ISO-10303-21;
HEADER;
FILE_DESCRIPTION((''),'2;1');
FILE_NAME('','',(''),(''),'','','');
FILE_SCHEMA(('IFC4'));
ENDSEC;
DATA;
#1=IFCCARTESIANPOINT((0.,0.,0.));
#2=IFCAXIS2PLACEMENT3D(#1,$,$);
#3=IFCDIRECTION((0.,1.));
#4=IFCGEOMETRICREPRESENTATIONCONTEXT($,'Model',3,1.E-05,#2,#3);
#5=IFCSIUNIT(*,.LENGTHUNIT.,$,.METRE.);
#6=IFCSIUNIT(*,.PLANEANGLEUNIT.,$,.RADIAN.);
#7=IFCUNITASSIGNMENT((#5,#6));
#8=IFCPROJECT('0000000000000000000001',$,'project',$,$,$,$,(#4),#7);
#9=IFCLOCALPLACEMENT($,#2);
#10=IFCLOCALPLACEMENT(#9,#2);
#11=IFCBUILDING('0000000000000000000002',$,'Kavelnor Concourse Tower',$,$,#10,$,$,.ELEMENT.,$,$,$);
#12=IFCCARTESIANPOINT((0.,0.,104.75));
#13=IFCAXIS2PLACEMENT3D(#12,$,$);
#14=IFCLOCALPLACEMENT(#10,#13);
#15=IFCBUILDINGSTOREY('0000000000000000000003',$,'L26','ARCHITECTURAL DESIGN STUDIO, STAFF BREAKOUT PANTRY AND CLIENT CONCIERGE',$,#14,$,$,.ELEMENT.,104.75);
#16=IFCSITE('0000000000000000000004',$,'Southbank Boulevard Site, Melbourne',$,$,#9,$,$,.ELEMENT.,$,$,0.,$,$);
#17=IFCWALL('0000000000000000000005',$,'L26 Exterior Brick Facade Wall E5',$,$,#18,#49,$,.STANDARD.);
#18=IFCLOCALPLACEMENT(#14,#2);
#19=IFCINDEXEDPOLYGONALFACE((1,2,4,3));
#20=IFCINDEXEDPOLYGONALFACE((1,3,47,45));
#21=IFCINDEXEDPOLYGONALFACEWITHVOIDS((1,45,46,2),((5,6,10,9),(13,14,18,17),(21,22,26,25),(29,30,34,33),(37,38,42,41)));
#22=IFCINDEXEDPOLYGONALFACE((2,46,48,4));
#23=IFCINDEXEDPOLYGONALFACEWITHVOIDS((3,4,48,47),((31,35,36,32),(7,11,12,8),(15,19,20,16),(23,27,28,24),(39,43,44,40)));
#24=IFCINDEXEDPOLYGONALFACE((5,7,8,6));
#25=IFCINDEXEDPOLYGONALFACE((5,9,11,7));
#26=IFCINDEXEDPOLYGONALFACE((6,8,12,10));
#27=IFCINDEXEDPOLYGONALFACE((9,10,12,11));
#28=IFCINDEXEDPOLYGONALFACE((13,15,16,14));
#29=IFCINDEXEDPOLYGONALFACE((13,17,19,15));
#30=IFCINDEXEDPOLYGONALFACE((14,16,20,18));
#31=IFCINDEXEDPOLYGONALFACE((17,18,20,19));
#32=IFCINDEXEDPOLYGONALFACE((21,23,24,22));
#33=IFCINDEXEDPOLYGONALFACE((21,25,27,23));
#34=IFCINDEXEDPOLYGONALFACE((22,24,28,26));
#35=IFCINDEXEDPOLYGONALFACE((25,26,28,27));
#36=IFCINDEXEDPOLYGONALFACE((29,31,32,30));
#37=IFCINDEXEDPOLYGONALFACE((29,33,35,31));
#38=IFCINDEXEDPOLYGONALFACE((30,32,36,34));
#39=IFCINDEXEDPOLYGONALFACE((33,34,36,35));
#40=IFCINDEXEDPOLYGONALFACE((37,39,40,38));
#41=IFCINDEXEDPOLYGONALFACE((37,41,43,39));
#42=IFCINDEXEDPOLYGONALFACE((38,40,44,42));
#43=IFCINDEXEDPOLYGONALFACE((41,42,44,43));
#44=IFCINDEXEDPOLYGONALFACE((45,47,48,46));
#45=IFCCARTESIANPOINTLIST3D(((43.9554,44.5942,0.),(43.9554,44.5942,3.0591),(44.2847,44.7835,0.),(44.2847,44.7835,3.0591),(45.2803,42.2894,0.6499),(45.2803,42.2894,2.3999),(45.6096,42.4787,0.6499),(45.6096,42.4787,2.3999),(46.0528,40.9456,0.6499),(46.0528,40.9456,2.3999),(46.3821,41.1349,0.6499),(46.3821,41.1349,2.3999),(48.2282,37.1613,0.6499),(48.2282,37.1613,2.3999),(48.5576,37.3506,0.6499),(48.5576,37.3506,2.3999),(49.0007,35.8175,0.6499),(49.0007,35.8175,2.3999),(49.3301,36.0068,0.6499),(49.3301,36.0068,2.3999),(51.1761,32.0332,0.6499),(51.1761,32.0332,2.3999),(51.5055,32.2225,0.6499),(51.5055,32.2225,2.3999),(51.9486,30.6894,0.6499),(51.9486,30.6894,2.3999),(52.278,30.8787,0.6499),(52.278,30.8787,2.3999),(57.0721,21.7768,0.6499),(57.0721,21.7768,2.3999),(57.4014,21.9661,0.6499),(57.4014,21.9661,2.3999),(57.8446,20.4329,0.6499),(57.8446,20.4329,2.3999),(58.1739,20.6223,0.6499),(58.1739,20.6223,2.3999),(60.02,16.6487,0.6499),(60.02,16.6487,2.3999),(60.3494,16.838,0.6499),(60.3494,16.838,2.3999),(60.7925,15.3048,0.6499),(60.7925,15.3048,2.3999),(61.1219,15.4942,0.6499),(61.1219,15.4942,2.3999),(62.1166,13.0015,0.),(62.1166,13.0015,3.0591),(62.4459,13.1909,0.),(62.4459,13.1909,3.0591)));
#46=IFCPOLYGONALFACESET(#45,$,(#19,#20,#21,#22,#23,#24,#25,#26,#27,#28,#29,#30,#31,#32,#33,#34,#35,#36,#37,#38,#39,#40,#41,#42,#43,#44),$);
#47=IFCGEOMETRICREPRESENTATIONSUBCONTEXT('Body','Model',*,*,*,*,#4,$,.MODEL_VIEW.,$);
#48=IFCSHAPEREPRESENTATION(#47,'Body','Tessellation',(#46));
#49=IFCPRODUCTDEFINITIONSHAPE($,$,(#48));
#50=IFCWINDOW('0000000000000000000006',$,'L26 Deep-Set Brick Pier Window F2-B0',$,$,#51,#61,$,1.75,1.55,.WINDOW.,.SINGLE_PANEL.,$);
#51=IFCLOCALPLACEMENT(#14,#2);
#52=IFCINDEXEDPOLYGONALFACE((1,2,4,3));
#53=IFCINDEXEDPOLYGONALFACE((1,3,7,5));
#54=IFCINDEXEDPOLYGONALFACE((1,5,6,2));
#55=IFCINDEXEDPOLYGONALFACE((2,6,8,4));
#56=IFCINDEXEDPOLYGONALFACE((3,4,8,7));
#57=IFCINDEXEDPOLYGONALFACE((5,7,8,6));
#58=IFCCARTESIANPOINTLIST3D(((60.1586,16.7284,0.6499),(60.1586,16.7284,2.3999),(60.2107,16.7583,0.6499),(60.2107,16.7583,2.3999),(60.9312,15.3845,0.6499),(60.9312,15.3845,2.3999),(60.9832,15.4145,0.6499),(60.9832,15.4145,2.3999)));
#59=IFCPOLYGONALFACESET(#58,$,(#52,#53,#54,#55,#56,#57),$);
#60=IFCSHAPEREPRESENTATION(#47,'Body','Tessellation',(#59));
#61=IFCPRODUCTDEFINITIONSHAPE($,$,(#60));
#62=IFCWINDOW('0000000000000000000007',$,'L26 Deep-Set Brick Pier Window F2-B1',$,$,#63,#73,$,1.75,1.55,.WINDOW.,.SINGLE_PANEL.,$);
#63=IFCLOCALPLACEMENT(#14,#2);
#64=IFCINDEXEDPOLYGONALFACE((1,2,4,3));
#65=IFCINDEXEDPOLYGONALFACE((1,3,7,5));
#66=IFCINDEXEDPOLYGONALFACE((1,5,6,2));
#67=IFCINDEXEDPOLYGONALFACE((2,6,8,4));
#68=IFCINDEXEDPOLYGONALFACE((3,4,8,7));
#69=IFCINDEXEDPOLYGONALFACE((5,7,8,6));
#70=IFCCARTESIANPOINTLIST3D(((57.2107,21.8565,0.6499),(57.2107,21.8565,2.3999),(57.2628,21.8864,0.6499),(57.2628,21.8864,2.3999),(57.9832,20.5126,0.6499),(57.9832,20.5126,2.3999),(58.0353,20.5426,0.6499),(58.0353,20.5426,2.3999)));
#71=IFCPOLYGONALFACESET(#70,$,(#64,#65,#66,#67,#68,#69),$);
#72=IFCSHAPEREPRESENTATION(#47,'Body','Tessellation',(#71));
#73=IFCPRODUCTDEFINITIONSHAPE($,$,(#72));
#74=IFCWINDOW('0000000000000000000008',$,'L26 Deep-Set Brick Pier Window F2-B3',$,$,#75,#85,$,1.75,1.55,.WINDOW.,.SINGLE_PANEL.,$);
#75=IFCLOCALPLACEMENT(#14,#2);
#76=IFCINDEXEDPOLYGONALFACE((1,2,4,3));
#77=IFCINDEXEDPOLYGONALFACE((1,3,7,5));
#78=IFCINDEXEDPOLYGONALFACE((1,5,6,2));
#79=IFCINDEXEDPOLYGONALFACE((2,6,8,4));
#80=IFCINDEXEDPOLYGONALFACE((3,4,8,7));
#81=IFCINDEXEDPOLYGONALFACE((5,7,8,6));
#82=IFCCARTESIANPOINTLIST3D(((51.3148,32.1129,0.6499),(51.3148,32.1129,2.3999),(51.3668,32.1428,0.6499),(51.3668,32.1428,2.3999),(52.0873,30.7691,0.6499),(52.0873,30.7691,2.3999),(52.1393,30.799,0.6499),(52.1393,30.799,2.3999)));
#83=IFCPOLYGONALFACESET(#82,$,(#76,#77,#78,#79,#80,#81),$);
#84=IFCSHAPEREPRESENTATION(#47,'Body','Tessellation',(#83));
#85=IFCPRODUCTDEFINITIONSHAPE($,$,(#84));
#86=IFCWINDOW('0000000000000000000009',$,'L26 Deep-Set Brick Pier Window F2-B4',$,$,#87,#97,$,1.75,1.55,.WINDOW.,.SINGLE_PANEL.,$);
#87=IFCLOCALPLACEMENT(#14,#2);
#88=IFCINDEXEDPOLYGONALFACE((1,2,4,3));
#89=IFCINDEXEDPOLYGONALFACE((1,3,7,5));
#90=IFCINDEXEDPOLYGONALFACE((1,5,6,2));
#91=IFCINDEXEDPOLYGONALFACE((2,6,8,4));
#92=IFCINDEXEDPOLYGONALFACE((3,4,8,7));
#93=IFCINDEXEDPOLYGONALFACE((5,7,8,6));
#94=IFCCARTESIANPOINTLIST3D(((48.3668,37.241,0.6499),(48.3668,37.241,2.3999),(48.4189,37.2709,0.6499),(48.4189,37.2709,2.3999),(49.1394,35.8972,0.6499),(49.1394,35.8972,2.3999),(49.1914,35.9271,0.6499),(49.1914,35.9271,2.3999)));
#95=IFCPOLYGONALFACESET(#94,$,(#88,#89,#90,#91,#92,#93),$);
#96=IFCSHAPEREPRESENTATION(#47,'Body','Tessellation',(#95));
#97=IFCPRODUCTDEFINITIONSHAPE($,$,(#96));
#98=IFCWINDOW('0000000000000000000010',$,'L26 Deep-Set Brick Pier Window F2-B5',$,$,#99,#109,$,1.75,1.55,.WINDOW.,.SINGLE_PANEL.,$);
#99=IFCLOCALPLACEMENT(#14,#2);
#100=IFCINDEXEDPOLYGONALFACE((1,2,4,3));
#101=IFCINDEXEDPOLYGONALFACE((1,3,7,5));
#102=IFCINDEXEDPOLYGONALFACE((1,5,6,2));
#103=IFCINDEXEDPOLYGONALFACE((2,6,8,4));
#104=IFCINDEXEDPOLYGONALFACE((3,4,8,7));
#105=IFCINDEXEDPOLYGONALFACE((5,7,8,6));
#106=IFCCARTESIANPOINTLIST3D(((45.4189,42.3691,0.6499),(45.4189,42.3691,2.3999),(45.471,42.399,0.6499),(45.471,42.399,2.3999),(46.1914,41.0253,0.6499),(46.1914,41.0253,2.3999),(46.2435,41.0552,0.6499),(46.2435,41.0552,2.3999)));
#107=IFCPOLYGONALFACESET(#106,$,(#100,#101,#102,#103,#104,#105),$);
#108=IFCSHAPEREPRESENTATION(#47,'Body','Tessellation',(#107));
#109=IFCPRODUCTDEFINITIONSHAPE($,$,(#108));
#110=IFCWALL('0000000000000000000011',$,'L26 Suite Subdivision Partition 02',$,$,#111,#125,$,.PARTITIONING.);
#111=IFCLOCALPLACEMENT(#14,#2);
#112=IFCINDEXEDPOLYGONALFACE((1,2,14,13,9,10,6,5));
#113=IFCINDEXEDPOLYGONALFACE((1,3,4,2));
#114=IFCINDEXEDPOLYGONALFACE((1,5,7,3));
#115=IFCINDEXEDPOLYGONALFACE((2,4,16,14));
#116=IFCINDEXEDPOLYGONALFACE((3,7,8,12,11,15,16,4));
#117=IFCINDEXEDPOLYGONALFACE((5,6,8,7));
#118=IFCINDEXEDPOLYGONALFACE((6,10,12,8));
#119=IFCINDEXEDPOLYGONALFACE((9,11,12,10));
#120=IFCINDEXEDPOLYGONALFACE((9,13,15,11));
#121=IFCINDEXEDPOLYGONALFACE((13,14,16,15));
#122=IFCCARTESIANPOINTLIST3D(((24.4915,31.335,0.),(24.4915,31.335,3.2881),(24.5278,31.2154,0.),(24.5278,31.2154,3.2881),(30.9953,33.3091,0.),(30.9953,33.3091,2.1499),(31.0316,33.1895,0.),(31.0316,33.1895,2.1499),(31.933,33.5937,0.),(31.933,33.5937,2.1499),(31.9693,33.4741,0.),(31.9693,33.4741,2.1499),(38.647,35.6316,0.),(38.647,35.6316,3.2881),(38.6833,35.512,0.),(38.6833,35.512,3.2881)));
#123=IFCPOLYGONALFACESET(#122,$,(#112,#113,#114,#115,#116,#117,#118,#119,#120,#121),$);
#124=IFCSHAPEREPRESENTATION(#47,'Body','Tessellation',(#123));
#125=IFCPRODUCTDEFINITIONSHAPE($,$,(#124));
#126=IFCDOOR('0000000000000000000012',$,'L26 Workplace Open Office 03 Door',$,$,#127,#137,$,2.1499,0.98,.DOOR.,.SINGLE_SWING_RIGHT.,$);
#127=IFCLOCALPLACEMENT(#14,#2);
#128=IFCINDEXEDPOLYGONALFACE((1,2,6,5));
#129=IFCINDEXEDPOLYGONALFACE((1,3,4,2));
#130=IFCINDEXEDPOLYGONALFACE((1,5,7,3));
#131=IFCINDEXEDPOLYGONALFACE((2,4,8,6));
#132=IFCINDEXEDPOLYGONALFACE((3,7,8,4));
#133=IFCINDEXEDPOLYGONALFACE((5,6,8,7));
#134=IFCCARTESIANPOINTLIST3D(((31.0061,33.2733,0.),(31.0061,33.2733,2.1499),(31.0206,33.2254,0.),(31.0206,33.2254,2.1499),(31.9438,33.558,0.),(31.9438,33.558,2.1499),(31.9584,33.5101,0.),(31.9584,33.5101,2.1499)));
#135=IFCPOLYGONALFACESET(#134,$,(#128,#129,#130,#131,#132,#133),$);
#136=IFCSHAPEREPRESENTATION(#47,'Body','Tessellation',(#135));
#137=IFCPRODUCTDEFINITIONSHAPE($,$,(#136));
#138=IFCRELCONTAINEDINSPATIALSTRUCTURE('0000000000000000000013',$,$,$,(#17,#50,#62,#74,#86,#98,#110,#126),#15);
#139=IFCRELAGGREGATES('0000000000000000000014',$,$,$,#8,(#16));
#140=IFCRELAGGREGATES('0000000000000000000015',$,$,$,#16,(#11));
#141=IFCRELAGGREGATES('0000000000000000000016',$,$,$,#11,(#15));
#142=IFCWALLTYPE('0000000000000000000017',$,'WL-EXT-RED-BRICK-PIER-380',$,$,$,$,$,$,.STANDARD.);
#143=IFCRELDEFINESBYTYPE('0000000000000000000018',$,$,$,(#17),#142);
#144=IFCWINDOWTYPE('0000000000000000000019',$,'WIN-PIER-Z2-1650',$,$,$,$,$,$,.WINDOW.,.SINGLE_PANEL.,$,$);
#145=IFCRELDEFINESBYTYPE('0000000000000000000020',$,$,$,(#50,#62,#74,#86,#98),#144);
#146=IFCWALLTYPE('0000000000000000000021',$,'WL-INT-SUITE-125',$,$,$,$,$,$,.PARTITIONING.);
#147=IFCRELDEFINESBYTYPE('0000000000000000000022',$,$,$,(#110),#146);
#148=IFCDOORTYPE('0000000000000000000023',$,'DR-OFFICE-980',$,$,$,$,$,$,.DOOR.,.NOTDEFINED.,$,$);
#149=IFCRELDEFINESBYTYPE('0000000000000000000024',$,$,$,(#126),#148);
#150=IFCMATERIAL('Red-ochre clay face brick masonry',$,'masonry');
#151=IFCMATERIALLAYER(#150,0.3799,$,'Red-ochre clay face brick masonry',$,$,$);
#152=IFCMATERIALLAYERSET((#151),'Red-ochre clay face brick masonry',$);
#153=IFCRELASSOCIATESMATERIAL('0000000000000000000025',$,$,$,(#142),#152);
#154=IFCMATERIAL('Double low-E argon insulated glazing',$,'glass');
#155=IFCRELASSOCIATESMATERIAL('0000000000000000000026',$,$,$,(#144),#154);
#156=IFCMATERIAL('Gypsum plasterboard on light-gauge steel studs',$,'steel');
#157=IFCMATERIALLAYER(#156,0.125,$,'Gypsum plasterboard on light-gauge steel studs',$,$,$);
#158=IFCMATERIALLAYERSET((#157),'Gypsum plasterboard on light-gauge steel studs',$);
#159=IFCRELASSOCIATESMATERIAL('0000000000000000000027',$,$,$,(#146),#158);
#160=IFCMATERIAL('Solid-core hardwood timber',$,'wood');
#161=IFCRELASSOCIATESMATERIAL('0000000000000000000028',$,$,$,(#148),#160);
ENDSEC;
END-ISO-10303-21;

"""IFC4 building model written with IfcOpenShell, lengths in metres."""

from ifc_helpers import new_model, si_unit, direction, frame, frame_2d, origin, place, context, subcontext, project, spatial, rectangle, extrude, material, layer, layer_set, type_object, element, fill, save


model = new_model("IFC4")

# Units and contexts
model_context = context("Model", 3, precision=1e-05, world=origin(), true_north=direction((0.0, 1.0)))
body_context = subcontext(model_context, "Body", "Model", "MODEL_VIEW")
ifc_project = project(units=[si_unit("LENGTHUNIT", "METRE"), si_unit("PLANEANGLEUNIT", "RADIAN")], contexts=[model_context])

# Site, building, storey
site_placement = place(None, origin())
site = spatial("IfcSite", under=ifc_project, at=site_placement, Name="Southbank Boulevard Site, Melbourne", CompositionType="ELEMENT", RefElevation=0.0)
building_placement = place(site_placement, origin())
building = spatial("IfcBuilding", under=site, at=building_placement, Name="Kavelnor Concourse Tower", CompositionType="ELEMENT")
storey_placement = place(building_placement, frame((0.0, 0.0, 104.75)))
storey = spatial("IfcBuildingStorey", under=building, at=storey_placement, Name="L26", Description="ARCHITECTURAL DESIGN STUDIO, STAFF BREAKOUT PANTRY AND CLIENT CONCIERGE", CompositionType="ELEMENT", Elevation=104.75)

# Wall, openings, windows
ifc_material_1 = material(Name="Red-ochre clay face brick masonry", Category="masonry")
ifc_layer_1 = layer(ifc_material_1, 0.3799, Name="Red-ochre clay face brick masonry")
ifc_layer_set_1 = layer_set([ifc_layer_1], Name="Red-ochre clay face brick masonry")
wall_type_1 = type_object("IfcWallType", Name="WL-EXT-RED-BRICK-PIER-380", PredefinedType="STANDARD", material=ifc_layer_set_1)
wall_1_placement = place(storey_placement, frame((44.1201, 44.6887, 0.0), z_axis=(0.0, 0.0, 1.0), x_axis=(0.498377, -0.866961, 0.0)))
wall_1 = element("IfcWall", 1, at=wall_1_placement, inside=storey, type_object=wall_type_1, Name="L26 Exterior Brick Facade Wall E5", PredefinedType="STANDARD", context=body_context, shape_type="SweptSolid", body=[
    extrude(rectangle(XDim=36.4407, YDim=0.3799, at=frame_2d((18.2202, 0.0))), origin(), (0.0, 0.0, 1.0), 3.0591),
])
opening_1_placement = place(wall_1_placement, frame((32.2339, 0.0, 0.6499)))
opening_1 = element("IfcOpeningElement", 2, at=opening_1_placement, cuts=wall_1, PredefinedType="OPENING", context=body_context, shape_type="SweptSolid", body=[
    extrude(rectangle(XDim=1.55, YDim=1.75, at=frame_2d((0.7749, 0.875))), frame((0.0, 0.2, 0.0), z_axis=(0.0, -1.0, 0.0), x_axis=(1.0, 0.0, 0.0)), (0.0, 0.0, 1.0), 0.3999),
])
opening_2_placement = place(wall_1_placement, frame((26.3188, 0.0, 0.6499)))
opening_2 = element("IfcOpeningElement", 3, at=opening_2_placement, cuts=wall_1, PredefinedType="OPENING", context=body_context, shape_type="SweptSolid", body=[
    extrude(rectangle(XDim=1.55, YDim=1.75, at=frame_2d((0.7749, 0.875))), frame((0.0, 0.2, 0.0), z_axis=(0.0, -1.0, 0.0), x_axis=(1.0, 0.0, 0.0)), (0.0, 0.0, 1.0), 0.3999),
])
opening_3_placement = place(wall_1_placement, frame((14.4885, 0.0, 0.6499)))
opening_3 = element("IfcOpeningElement", 4, at=opening_3_placement, cuts=wall_1, PredefinedType="OPENING", context=body_context, shape_type="SweptSolid", body=[
    extrude(rectangle(XDim=1.55, YDim=1.75, at=frame_2d((0.7749, 0.875))), frame((0.0, 0.2, 0.0), z_axis=(0.0, -1.0, 0.0), x_axis=(1.0, 0.0, 0.0)), (0.0, 0.0, 1.0), 0.3999),
])
opening_4_placement = place(wall_1_placement, frame((8.5735, 0.0, 0.6499)))
opening_4 = element("IfcOpeningElement", 5, at=opening_4_placement, cuts=wall_1, PredefinedType="OPENING", context=body_context, shape_type="SweptSolid", body=[
    extrude(rectangle(XDim=1.55, YDim=1.75, at=frame_2d((0.7749, 0.875))), frame((0.0, 0.2, 0.0), z_axis=(0.0, -1.0, 0.0), x_axis=(1.0, 0.0, 0.0)), (0.0, 0.0, 1.0), 0.3999),
])
opening_5_placement = place(wall_1_placement, frame((2.6584, 0.0, 0.6499)))
opening_5 = element("IfcOpeningElement", 6, at=opening_5_placement, cuts=wall_1, PredefinedType="OPENING", context=body_context, shape_type="SweptSolid", body=[
    extrude(rectangle(XDim=1.55, YDim=1.75, at=frame_2d((0.7749, 0.875))), frame((0.0, 0.2, 0.0), z_axis=(0.0, -1.0, 0.0), x_axis=(1.0, 0.0, 0.0)), (0.0, 0.0, 1.0), 0.3999),
])
ifc_material_2 = material(Name="Double low-E argon insulated glazing", Category="glass")
window_type = type_object("IfcWindowType", Name="WIN-PIER-Z2-1650", PartitioningType="SINGLE_PANEL", PredefinedType="WINDOW", material=ifc_material_2)
window_1_placement = place(opening_1_placement, origin())
window_1 = element("IfcWindow", 7, at=window_1_placement, inside=storey, type_object=window_type, Name="L26 Deep-Set Brick Pier Window F2-B0", OverallHeight=1.75, OverallWidth=1.55, PartitioningType="SINGLE_PANEL", PredefinedType="WINDOW", context=body_context, shape_type="SweptSolid", body=[
    extrude(rectangle(XDim=1.55, YDim=1.75, at=frame_2d((0.7749, 0.875))), frame((0.0, 0.03, 0.0), z_axis=(0.0, -1.0, 0.0), x_axis=(1.0, 0.0, 0.0)), (0.0, 0.0, 1.0), 0.0601),
])
fill(opening_1, window_1)
window_2_placement = place(opening_2_placement, origin())
window_2 = element("IfcWindow", 8, at=window_2_placement, inside=storey, type_object=window_type, Name="L26 Deep-Set Brick Pier Window F2-B1", OverallHeight=1.75, OverallWidth=1.55, PartitioningType="SINGLE_PANEL", PredefinedType="WINDOW", context=body_context, shape_type="SweptSolid", body=[
    extrude(rectangle(XDim=1.55, YDim=1.75, at=frame_2d((0.7749, 0.875))), frame((0.0, 0.03, 0.0), z_axis=(0.0, -1.0, 0.0), x_axis=(1.0, 0.0, 0.0)), (0.0, 0.0, 1.0), 0.0601),
])
fill(opening_2, window_2)
window_3_placement = place(opening_3_placement, origin())
window_3 = element("IfcWindow", 9, at=window_3_placement, inside=storey, type_object=window_type, Name="L26 Deep-Set Brick Pier Window F2-B3", OverallHeight=1.75, OverallWidth=1.55, PartitioningType="SINGLE_PANEL", PredefinedType="WINDOW", context=body_context, shape_type="SweptSolid", body=[
    extrude(rectangle(XDim=1.55, YDim=1.75, at=frame_2d((0.7749, 0.875))), frame((0.0, 0.03, 0.0), z_axis=(0.0, -1.0, 0.0), x_axis=(1.0, 0.0, 0.0)), (0.0, 0.0, 1.0), 0.0601),
])
fill(opening_3, window_3)
window_4_placement = place(opening_4_placement, origin())
window_4 = element("IfcWindow", 10, at=window_4_placement, inside=storey, type_object=window_type, Name="L26 Deep-Set Brick Pier Window F2-B4", OverallHeight=1.75, OverallWidth=1.55, PartitioningType="SINGLE_PANEL", PredefinedType="WINDOW", context=body_context, shape_type="SweptSolid", body=[
    extrude(rectangle(XDim=1.55, YDim=1.75, at=frame_2d((0.7749, 0.875))), frame((0.0, 0.03, 0.0), z_axis=(0.0, -1.0, 0.0), x_axis=(1.0, 0.0, 0.0)), (0.0, 0.0, 1.0), 0.0601),
])
fill(opening_4, window_4)
window_5_placement = place(opening_5_placement, origin())
window_5 = element("IfcWindow", 11, at=window_5_placement, inside=storey, type_object=window_type, Name="L26 Deep-Set Brick Pier Window F2-B5", OverallHeight=1.75, OverallWidth=1.55, PartitioningType="SINGLE_PANEL", PredefinedType="WINDOW", context=body_context, shape_type="SweptSolid", body=[
    extrude(rectangle(XDim=1.55, YDim=1.75, at=frame_2d((0.7749, 0.875))), frame((0.0, 0.03, 0.0), z_axis=(0.0, -1.0, 0.0), x_axis=(1.0, 0.0, 0.0)), (0.0, 0.0, 1.0), 0.0601),
])
fill(opening_5, window_5)

# Wall, opening, door
ifc_material_3 = material(Name="Gypsum plasterboard on light-gauge steel studs", Category="steel")
ifc_layer_2 = layer(ifc_material_3, 0.125, Name="Gypsum plasterboard on light-gauge steel studs")
ifc_layer_set_2 = layer_set([ifc_layer_2], Name="Gypsum plasterboard on light-gauge steel studs")
wall_type_2 = type_object("IfcWallType", Name="WL-INT-SUITE-125", PredefinedType="PARTITIONING", material=ifc_layer_set_2)
wall_2_placement = place(storey_placement, frame((38.665, 35.5718, 0.0), z_axis=(0.0, 0.0, 1.0), x_axis=(-0.956891, -0.290446, 0.0)))
wall_2 = element("IfcWall", 12, at=wall_2_placement, inside=storey, type_object=wall_type_2, Name="L26 Suite Subdivision Partition 02", PredefinedType="PARTITIONING", context=body_context, shape_type="SweptSolid", body=[
    extrude(rectangle(XDim=14.7932, YDim=0.125, at=frame_2d((7.3965, 0.0))), origin(), (0.0, 0.0, 1.0), 3.2881),
])
opening_6_placement = place(wall_2_placement, frame((7.0164, 0.0, 0.0)))
opening_6 = element("IfcOpeningElement", 13, at=opening_6_placement, cuts=wall_2, PredefinedType="OPENING", context=body_context, shape_type="SweptSolid", body=[
    extrude(rectangle(XDim=0.98, YDim=2.1499, at=frame_2d((0.49, 1.075))), frame((0.0, 0.0725, 0.0), z_axis=(0.0, -1.0, 0.0), x_axis=(1.0, 0.0, 0.0)), (0.0, 0.0, 1.0), 0.145),
])
ifc_material_4 = material(Name="Solid-core hardwood timber", Category="wood")
door_type = type_object("IfcDoorType", Name="DR-OFFICE-980", OperationType="NOTDEFINED", PredefinedType="DOOR", material=ifc_material_4)
door_placement = place(opening_6_placement, origin())
door = element("IfcDoor", 14, at=door_placement, inside=storey, type_object=door_type, Name="L26 Workplace Open Office 03 Door", OperationType="SINGLE_SWING_RIGHT", OverallHeight=2.1499, OverallWidth=0.98, PredefinedType="DOOR", context=body_context, shape_type="SweptSolid", body=[
    extrude(rectangle(XDim=0.98, YDim=2.1499, at=frame_2d((0.49, 1.075))), frame((0.0, 0.0249, 0.0), z_axis=(0.0, -1.0, 0.0), x_axis=(1.0, 0.0, 0.0)), (0.0, 0.0, 1.0), 0.05),
])
fill(opening_6, door)

save(model, "model.ifc")
